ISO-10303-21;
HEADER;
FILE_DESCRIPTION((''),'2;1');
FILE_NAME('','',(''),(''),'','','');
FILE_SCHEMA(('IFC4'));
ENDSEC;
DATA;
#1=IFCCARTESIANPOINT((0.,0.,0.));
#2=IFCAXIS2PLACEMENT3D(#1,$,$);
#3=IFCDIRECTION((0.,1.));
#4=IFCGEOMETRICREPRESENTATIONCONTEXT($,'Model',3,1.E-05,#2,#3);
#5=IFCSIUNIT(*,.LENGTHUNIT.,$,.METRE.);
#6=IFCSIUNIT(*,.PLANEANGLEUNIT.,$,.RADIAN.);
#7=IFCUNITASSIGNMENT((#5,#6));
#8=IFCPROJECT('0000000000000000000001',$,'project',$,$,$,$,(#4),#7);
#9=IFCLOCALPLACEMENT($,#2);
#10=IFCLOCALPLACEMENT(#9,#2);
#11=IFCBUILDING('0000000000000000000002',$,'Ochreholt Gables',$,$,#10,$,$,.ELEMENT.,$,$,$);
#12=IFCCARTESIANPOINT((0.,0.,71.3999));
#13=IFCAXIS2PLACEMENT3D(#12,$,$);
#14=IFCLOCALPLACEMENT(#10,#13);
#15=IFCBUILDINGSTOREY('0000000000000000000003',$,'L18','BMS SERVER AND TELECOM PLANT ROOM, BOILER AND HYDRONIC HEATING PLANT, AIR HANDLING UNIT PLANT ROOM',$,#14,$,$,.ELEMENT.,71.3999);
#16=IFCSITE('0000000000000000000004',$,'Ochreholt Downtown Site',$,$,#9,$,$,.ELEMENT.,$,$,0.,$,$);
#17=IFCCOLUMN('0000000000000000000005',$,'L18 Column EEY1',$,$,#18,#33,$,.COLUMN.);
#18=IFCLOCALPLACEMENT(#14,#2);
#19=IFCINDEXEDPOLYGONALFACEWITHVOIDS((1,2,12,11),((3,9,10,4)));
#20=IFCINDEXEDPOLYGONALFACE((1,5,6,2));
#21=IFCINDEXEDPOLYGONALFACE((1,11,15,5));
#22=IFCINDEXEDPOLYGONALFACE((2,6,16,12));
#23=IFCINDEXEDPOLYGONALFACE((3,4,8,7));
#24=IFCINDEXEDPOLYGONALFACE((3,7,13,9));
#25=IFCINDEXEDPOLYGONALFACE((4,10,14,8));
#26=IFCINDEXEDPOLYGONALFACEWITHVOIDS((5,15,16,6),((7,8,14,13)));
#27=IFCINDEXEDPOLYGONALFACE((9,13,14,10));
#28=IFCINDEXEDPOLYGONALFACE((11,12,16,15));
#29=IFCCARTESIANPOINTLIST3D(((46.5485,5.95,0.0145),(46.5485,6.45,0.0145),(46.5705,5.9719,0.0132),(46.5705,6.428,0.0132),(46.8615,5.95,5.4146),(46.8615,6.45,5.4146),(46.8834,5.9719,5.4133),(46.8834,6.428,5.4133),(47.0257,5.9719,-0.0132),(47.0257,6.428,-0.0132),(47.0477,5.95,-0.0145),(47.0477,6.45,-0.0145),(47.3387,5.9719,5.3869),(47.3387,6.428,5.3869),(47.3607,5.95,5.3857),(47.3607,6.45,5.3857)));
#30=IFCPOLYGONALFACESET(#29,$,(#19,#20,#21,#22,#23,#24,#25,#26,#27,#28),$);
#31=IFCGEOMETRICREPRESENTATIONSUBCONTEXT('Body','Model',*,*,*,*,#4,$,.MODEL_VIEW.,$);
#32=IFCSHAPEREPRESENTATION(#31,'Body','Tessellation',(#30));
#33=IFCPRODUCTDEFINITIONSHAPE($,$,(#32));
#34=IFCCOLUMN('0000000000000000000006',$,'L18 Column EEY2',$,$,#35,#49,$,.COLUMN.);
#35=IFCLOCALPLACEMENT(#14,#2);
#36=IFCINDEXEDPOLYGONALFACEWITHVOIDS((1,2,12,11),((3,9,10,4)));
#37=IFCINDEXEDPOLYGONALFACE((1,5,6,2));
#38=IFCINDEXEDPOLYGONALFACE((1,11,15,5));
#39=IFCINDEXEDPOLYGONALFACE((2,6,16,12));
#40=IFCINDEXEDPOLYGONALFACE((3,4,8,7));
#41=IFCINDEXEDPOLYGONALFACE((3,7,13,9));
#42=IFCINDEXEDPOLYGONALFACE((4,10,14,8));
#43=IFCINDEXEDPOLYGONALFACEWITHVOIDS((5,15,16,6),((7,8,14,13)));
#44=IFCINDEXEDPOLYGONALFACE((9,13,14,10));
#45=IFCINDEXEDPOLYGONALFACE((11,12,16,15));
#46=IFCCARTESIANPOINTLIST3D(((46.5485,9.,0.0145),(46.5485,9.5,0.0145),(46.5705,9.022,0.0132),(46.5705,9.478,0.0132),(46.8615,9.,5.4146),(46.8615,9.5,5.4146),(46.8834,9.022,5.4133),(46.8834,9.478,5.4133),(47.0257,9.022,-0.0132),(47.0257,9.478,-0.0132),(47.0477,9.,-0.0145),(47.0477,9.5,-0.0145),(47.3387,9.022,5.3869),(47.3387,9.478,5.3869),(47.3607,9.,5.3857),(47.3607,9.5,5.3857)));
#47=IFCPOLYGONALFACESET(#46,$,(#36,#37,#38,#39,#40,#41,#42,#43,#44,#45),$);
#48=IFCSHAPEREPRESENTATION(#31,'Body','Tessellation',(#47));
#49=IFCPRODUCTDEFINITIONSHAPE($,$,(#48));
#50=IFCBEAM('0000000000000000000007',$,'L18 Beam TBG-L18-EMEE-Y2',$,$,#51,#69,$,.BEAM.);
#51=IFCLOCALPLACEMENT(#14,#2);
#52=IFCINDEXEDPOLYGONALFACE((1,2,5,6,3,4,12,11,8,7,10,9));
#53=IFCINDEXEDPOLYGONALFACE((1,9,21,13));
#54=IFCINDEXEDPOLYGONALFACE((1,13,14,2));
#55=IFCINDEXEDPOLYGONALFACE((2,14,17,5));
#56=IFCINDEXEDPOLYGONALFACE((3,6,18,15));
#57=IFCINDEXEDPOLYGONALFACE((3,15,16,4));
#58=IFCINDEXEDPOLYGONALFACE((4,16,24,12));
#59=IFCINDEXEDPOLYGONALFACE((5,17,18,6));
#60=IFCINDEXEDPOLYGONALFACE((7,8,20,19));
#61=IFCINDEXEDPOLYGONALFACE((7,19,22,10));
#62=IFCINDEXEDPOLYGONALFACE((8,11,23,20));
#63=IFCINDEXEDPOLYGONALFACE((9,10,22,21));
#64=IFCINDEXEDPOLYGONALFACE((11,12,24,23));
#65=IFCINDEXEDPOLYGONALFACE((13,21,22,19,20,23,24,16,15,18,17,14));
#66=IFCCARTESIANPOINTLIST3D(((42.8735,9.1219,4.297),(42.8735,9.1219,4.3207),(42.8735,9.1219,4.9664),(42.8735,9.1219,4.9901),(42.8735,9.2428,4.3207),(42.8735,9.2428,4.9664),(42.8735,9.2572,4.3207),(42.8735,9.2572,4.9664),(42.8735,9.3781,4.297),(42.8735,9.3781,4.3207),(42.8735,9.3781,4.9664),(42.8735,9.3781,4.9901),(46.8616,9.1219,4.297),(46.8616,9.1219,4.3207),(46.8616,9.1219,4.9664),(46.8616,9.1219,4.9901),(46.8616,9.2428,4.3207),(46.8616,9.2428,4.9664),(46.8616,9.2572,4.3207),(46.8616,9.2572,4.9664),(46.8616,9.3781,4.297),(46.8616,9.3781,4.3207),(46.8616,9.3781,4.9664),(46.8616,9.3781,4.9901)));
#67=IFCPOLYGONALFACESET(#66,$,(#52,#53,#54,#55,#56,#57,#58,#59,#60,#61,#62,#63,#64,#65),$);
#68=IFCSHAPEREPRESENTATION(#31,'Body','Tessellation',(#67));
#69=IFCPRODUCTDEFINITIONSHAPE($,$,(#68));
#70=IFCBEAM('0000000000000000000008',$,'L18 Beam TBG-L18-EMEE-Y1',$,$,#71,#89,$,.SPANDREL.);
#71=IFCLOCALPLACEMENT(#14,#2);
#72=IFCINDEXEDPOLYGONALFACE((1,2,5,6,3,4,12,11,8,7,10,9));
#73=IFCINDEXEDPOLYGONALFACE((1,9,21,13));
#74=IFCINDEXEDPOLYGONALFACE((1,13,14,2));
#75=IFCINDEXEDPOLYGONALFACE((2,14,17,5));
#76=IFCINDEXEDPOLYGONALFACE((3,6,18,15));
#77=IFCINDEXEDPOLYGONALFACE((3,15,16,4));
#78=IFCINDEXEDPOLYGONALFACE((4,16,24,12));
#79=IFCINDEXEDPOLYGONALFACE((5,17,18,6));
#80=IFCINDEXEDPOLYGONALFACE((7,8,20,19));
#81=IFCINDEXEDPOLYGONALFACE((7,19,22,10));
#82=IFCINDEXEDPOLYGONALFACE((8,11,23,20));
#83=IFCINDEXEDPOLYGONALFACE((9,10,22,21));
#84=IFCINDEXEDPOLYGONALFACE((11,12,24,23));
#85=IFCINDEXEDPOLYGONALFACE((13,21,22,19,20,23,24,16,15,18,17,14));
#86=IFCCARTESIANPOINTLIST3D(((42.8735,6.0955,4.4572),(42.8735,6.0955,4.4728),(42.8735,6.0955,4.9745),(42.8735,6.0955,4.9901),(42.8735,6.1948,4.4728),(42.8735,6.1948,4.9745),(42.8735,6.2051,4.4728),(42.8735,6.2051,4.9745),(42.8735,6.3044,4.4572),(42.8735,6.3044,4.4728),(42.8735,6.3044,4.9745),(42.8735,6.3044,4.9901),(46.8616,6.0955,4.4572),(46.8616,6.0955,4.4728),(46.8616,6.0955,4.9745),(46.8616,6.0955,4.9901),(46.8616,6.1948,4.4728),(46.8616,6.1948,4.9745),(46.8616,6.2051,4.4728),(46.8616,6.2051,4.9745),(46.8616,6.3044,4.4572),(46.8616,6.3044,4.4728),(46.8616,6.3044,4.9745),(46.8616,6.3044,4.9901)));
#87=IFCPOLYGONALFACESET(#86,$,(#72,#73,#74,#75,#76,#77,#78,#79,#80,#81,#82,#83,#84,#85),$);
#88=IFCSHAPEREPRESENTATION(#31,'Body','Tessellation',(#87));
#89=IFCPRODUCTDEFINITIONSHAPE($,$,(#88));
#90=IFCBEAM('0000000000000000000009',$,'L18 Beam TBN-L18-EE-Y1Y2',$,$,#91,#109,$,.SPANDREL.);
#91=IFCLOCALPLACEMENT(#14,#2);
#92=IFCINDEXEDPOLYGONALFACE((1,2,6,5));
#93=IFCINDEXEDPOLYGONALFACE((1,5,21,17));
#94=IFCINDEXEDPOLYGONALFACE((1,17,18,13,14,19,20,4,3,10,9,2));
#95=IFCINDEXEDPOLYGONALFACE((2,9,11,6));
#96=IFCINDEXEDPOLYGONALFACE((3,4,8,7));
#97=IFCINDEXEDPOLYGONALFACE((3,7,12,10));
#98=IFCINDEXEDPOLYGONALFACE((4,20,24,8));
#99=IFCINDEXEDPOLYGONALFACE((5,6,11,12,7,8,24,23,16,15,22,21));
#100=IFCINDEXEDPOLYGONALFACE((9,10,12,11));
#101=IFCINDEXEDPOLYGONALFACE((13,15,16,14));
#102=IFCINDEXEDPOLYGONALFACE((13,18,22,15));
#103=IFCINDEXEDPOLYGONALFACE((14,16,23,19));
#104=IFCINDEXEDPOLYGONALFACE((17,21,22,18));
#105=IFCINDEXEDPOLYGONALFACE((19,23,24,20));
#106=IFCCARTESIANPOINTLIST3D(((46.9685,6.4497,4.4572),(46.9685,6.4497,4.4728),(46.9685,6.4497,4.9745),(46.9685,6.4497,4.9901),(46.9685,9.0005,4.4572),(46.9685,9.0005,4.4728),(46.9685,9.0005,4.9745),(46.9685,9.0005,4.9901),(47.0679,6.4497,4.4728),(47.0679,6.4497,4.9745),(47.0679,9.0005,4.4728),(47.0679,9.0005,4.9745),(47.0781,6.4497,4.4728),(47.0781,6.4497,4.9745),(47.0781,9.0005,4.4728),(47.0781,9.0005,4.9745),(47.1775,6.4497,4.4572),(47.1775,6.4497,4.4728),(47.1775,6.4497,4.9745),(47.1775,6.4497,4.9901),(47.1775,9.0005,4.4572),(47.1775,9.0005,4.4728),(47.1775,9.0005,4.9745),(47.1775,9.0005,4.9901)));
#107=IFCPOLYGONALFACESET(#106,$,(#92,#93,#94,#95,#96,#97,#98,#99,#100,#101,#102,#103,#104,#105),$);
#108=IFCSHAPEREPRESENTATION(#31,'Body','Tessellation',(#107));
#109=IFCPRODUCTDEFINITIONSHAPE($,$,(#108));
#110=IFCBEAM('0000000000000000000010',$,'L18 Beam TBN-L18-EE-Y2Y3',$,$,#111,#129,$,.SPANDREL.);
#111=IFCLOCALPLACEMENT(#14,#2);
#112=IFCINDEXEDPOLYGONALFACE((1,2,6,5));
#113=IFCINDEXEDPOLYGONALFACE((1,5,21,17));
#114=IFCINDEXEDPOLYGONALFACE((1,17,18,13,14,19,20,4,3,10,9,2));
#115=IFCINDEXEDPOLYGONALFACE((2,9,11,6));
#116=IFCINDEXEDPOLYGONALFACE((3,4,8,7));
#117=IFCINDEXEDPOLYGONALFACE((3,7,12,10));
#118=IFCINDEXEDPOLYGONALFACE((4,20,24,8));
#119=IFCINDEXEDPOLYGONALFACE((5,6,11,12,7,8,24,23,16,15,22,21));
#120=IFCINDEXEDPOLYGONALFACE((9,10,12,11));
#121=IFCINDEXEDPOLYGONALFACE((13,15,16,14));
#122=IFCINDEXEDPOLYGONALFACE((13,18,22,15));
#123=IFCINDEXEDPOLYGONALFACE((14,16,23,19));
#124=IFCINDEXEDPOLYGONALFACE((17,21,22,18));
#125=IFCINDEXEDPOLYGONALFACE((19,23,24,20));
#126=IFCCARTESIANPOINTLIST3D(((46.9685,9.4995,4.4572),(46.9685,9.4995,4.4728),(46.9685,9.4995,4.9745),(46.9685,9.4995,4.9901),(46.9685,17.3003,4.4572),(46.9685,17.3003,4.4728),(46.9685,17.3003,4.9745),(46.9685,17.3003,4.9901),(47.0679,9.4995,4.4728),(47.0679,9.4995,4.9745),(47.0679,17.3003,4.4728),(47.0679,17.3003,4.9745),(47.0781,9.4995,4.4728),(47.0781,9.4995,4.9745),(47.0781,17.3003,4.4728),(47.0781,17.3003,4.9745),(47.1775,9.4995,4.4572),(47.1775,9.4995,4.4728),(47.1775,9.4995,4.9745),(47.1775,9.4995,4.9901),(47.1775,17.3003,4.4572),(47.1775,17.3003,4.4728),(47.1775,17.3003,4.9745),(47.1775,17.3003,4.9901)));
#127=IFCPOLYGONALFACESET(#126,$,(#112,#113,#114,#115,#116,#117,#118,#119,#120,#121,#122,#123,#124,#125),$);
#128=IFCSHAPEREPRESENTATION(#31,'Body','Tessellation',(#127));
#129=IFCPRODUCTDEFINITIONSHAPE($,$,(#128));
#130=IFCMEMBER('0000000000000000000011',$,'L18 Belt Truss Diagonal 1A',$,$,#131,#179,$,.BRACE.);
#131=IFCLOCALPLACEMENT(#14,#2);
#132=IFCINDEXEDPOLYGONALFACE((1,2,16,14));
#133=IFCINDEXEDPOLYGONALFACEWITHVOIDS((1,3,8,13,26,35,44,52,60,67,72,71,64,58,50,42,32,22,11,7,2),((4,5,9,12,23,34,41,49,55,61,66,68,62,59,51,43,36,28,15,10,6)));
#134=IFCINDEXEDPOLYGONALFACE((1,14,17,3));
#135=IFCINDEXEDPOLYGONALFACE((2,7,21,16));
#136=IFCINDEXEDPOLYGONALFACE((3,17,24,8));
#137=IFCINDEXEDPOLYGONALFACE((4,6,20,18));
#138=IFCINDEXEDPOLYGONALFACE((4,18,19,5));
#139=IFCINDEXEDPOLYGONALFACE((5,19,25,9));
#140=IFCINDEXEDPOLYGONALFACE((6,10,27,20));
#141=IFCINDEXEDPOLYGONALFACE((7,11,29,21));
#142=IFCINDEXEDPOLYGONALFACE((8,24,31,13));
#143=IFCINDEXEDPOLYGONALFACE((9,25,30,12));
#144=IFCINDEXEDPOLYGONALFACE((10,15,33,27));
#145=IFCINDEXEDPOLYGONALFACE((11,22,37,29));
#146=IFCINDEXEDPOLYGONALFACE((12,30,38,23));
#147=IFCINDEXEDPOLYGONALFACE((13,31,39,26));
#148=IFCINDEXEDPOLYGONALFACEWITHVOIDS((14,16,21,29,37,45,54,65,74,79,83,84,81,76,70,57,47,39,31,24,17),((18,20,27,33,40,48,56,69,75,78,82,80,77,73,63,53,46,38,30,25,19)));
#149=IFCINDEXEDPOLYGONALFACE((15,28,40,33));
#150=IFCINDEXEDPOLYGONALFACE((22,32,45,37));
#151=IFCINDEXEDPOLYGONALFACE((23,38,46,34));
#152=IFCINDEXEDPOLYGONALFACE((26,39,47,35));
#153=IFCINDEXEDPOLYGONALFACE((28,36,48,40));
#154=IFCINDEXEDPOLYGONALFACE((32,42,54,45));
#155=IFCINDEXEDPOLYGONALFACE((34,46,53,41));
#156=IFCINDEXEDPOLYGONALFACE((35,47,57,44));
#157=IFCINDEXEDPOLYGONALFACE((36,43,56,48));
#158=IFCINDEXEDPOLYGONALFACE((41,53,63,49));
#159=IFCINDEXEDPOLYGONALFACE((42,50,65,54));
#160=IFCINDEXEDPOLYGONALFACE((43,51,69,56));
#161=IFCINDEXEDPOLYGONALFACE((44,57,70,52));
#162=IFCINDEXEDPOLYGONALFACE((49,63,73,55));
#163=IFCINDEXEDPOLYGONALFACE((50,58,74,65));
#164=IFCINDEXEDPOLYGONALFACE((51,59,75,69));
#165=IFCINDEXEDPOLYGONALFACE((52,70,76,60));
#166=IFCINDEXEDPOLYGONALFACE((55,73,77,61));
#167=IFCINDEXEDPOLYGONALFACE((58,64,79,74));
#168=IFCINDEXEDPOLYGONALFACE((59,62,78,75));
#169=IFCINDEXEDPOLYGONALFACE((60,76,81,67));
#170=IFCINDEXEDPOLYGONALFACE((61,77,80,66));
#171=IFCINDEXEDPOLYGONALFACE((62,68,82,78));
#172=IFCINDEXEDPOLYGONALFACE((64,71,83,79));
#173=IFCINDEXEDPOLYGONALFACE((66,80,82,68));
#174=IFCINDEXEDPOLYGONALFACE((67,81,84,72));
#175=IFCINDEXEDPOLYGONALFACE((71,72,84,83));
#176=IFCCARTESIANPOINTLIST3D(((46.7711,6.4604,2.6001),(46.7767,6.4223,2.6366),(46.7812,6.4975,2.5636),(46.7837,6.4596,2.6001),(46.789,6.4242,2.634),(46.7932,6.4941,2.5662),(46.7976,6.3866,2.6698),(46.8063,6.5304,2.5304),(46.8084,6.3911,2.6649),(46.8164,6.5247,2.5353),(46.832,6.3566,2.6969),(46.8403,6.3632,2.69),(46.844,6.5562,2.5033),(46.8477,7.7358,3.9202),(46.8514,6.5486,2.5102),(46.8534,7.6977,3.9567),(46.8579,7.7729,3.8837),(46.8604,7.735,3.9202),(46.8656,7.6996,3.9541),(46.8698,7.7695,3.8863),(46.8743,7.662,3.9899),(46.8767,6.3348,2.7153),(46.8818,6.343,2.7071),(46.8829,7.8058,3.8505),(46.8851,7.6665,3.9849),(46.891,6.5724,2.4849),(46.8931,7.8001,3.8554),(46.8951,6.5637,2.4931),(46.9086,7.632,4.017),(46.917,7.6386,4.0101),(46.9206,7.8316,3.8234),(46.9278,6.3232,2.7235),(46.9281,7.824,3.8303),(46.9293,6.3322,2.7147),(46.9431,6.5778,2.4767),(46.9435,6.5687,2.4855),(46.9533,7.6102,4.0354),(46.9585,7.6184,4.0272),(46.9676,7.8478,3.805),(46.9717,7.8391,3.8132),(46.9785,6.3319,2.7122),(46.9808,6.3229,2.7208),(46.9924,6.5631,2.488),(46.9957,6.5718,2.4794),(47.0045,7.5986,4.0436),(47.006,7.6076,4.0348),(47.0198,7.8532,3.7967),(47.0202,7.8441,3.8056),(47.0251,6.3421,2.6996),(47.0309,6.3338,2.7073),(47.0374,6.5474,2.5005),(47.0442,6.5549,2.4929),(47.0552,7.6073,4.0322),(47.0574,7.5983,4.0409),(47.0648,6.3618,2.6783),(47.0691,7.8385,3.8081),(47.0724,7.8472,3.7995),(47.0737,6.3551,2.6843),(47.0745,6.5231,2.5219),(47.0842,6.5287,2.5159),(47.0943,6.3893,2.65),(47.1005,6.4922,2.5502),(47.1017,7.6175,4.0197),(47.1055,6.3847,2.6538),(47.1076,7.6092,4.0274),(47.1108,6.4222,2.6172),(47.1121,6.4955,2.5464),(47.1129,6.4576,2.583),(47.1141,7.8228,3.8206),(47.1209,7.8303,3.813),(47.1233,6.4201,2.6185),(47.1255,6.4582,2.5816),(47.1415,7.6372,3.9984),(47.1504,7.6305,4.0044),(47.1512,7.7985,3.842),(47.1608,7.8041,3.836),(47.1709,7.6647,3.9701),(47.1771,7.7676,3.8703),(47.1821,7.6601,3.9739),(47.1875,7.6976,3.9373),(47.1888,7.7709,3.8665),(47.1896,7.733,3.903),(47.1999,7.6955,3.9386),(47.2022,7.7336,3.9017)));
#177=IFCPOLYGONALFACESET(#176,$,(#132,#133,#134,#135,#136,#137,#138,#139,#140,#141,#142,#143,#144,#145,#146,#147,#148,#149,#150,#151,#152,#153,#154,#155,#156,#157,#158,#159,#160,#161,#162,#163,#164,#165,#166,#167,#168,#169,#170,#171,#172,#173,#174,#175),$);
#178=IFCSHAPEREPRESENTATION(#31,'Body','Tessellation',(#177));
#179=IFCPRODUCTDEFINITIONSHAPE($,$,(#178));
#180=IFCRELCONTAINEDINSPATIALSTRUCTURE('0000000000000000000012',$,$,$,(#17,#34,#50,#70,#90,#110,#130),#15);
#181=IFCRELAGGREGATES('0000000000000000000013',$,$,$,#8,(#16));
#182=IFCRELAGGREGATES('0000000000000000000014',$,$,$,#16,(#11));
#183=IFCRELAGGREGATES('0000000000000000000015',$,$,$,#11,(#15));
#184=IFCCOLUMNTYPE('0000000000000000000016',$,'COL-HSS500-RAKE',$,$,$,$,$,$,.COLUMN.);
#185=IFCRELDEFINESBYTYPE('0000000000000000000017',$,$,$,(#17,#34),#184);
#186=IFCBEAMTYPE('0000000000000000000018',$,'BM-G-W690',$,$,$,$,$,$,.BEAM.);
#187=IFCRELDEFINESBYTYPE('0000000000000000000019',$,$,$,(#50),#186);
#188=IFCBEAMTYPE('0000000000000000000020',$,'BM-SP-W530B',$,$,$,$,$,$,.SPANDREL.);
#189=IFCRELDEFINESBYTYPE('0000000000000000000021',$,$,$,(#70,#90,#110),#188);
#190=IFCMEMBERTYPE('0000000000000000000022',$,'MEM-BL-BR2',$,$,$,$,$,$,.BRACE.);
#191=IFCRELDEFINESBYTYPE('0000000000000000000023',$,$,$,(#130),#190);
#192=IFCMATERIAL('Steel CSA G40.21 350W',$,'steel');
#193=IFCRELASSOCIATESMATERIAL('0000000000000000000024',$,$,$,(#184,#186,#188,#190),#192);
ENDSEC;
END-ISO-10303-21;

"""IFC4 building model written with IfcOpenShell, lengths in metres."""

from ifc_helpers import new_model, si_unit, direction, frame, origin, origin_2d, place, context, subcontext, project, spatial, hollow_rectangle, hollow_circle, i_section, extrude, material, material_profile, profile_set, type_object, element, save


model = new_model("IFC4")

# Units and contexts
model_context = context("Model", 3, precision=1e-05, world=origin(), true_north=direction((0.0, 1.0)))
body_context = subcontext(model_context, "Body", "Model", "MODEL_VIEW")
ifc_project = project(units=[si_unit("LENGTHUNIT", "METRE"), si_unit("PLANEANGLEUNIT", "RADIAN")], contexts=[model_context])

# Site, building, storey
site_placement = place(None, origin())
site = spatial("IfcSite", under=ifc_project, at=site_placement, Name="Ochreholt Downtown Site", CompositionType="ELEMENT", RefElevation=0.0)
building_placement = place(site_placement, origin())
building = spatial("IfcBuilding", under=site, at=building_placement, Name="Ochreholt Gables", CompositionType="ELEMENT")
storey_placement = place(building_placement, frame((0.0, 0.0, 71.3999)))
storey = spatial("IfcBuildingStorey", under=building, at=storey_placement, Name="L18", Description="BMS SERVER AND TELECOM PLANT ROOM, BOILER AND HYDRONIC HEATING PLANT, AIR HANDLING UNIT PLANT ROOM", CompositionType="ELEMENT", Elevation=71.3999)

# Columns
ifc_material_1 = material(Name="Steel CSA G40.21 350W", Category="steel")
ifc_material_profile_1 = material_profile(ifc_material_1, hollow_rectangle(XDim=0.5, YDim=0.5, WallThickness=0.022, at=origin_2d()), Name="HSS500X500X22")
ifc_profile_set_1 = profile_set([ifc_material_profile_1], Name="Steel CSA G40.21 350W")
column_type = type_object("IfcColumnType", Name="COL-HSS500-RAKE", PredefinedType="COLUMN", material=ifc_profile_set_1)
for number, where, z_axis, x_axis, name in (
    (1, (46.7981, 6.2, 0.0), (0.057862, 0.0, 0.998325), (0.0, 1.0, 0.0), "L18 Column EEY1"),
    (2, (46.7981, 9.25, 0.0), (0.057862, 0.0, 0.998325), (0.0, 1.0, 0.0), "L18 Column EEY2"),
):
    element("IfcColumn", number, at=place(storey_placement, frame(where, z_axis=z_axis, x_axis=x_axis)), inside=storey, type_object=column_type, Name=name, PredefinedType="COLUMN", context=body_context, shape_type="SweptSolid", body=[
        extrude(hollow_rectangle(XDim=0.5, YDim=0.5, WallThickness=0.022, at=origin_2d()), origin(), (0.0, 0.0, 1.0), 5.4092),
    ])

# Beams
ifc_material_profile_2 = material_profile(ifc_material_1, i_section(OverallWidth=0.2561, OverallDepth=0.6931, WebThickness=0.0144, FlangeThickness=0.0237, at=origin_2d()), Name="W690X170")
ifc_profile_set_2 = profile_set([ifc_material_profile_2], Name="Steel CSA G40.21 350W")
beam_type_1 = type_object("IfcBeamType", Name="BM-G-W690", PredefinedType="BEAM", material=ifc_profile_set_2)
beam_1_placement = place(storey_placement, frame((42.8735, 9.25, 4.6436), z_axis=(1.0, 0.0, 0.0), x_axis=(0.0, 1.0, 0.0)))
element("IfcBeam", 3, at=beam_1_placement, inside=storey, type_object=beam_type_1, Name="L18 Beam TBG-L18-EMEE-Y2", PredefinedType="BEAM", context=body_context, shape_type="SweptSolid", body=[
    extrude(i_section(OverallWidth=0.2561, OverallDepth=0.6931, WebThickness=0.0144, FlangeThickness=0.0237, at=origin_2d()), origin(), (0.0, 0.0, 1.0), 3.988),
])
ifc_material_profile_3 = material_profile(ifc_material_1, i_section(OverallWidth=0.209, OverallDepth=0.533, WebThickness=0.0103, FlangeThickness=0.0156, at=origin_2d()), Name="W530X92")
ifc_profile_set_3 = profile_set([ifc_material_profile_3], Name="Steel CSA G40.21 350W")
beam_type_2 = type_object("IfcBeamType", Name="BM-SP-W530B", PredefinedType="SPANDREL", material=ifc_profile_set_3)
beam_2_placement = place(storey_placement, frame((42.8735, 6.2, 4.7236), z_axis=(1.0, 0.0, 0.0), x_axis=(0.0, 1.0, 0.0)))
element("IfcBeam", 4, at=beam_2_placement, inside=storey, type_object=beam_type_2, Name="L18 Beam TBG-L18-EMEE-Y1", PredefinedType="SPANDREL", context=body_context, shape_type="SweptSolid", body=[
    extrude(i_section(OverallWidth=0.209, OverallDepth=0.533, WebThickness=0.0103, FlangeThickness=0.0156, at=origin_2d()), origin(), (0.0, 0.0, 1.0), 3.988),
])
beam_3_placement = place(storey_placement, frame((47.073, 6.4497, 4.7236), z_axis=(0.0, 1.0, 0.0), x_axis=(-1.0, 0.0, 0.0)))
element("IfcBeam", 5, at=beam_3_placement, inside=storey, type_object=beam_type_2, Name="L18 Beam TBN-L18-EE-Y1Y2", PredefinedType="SPANDREL", context=body_context, shape_type="SweptSolid", body=[
    extrude(i_section(OverallWidth=0.209, OverallDepth=0.533, WebThickness=0.0103, FlangeThickness=0.0156, at=origin_2d()), origin(), (0.0, 0.0, 1.0), 2.5508),
])
beam_4_placement = place(storey_placement, frame((47.073, 9.4995, 4.7236), z_axis=(0.0, 1.0, 0.0), x_axis=(-1.0, 0.0, 0.0)))
element("IfcBeam", 6, at=beam_4_placement, inside=storey, type_object=beam_type_2, Name="L18 Beam TBN-L18-EE-Y2Y3", PredefinedType="SPANDREL", context=body_context, shape_type="SweptSolid", body=[
    extrude(i_section(OverallWidth=0.209, OverallDepth=0.533, WebThickness=0.0103, FlangeThickness=0.0156, at=origin_2d()), origin(), (0.0, 0.0, 1.0), 7.8008),
])

# Member
ifc_material_profile_4 = material_profile(ifc_material_1, hollow_circle(Radius=0.178, WallThickness=0.0127, at=origin_2d()), Name="CHS356X13")
ifc_profile_set_4 = profile_set([ifc_material_profile_4], Name="Steel CSA G40.21 350W")
member_type_1 = type_object("IfcMemberType", Name="MEM-BL-BR2", PredefinedType="BRACE", material=ifc_profile_set_4)
for number, where, z_axis, x_axis, name in (
    (7, (46.9487, 6.4497, 2.6001), (0.041728, 0.694227, 0.718546), (-0.998198, 0.059999, 0.0), "L18 Belt Truss Diagonal 1A"),
):
    element("IfcMember", number, at=place(storey_placement, frame(where, z_axis=z_axis, x_axis=x_axis)), inside=storey, type_object=member_type_1, Name=name, PredefinedType="BRACE", context=body_context, shape_type="SweptSolid", body=[
        extrude(hollow_circle(Radius=0.178, WallThickness=0.0127, at=origin_2d()), origin(), (0.0, 0.0, 1.0), 1.8372),
    ])

save(model, "model.ifc")
